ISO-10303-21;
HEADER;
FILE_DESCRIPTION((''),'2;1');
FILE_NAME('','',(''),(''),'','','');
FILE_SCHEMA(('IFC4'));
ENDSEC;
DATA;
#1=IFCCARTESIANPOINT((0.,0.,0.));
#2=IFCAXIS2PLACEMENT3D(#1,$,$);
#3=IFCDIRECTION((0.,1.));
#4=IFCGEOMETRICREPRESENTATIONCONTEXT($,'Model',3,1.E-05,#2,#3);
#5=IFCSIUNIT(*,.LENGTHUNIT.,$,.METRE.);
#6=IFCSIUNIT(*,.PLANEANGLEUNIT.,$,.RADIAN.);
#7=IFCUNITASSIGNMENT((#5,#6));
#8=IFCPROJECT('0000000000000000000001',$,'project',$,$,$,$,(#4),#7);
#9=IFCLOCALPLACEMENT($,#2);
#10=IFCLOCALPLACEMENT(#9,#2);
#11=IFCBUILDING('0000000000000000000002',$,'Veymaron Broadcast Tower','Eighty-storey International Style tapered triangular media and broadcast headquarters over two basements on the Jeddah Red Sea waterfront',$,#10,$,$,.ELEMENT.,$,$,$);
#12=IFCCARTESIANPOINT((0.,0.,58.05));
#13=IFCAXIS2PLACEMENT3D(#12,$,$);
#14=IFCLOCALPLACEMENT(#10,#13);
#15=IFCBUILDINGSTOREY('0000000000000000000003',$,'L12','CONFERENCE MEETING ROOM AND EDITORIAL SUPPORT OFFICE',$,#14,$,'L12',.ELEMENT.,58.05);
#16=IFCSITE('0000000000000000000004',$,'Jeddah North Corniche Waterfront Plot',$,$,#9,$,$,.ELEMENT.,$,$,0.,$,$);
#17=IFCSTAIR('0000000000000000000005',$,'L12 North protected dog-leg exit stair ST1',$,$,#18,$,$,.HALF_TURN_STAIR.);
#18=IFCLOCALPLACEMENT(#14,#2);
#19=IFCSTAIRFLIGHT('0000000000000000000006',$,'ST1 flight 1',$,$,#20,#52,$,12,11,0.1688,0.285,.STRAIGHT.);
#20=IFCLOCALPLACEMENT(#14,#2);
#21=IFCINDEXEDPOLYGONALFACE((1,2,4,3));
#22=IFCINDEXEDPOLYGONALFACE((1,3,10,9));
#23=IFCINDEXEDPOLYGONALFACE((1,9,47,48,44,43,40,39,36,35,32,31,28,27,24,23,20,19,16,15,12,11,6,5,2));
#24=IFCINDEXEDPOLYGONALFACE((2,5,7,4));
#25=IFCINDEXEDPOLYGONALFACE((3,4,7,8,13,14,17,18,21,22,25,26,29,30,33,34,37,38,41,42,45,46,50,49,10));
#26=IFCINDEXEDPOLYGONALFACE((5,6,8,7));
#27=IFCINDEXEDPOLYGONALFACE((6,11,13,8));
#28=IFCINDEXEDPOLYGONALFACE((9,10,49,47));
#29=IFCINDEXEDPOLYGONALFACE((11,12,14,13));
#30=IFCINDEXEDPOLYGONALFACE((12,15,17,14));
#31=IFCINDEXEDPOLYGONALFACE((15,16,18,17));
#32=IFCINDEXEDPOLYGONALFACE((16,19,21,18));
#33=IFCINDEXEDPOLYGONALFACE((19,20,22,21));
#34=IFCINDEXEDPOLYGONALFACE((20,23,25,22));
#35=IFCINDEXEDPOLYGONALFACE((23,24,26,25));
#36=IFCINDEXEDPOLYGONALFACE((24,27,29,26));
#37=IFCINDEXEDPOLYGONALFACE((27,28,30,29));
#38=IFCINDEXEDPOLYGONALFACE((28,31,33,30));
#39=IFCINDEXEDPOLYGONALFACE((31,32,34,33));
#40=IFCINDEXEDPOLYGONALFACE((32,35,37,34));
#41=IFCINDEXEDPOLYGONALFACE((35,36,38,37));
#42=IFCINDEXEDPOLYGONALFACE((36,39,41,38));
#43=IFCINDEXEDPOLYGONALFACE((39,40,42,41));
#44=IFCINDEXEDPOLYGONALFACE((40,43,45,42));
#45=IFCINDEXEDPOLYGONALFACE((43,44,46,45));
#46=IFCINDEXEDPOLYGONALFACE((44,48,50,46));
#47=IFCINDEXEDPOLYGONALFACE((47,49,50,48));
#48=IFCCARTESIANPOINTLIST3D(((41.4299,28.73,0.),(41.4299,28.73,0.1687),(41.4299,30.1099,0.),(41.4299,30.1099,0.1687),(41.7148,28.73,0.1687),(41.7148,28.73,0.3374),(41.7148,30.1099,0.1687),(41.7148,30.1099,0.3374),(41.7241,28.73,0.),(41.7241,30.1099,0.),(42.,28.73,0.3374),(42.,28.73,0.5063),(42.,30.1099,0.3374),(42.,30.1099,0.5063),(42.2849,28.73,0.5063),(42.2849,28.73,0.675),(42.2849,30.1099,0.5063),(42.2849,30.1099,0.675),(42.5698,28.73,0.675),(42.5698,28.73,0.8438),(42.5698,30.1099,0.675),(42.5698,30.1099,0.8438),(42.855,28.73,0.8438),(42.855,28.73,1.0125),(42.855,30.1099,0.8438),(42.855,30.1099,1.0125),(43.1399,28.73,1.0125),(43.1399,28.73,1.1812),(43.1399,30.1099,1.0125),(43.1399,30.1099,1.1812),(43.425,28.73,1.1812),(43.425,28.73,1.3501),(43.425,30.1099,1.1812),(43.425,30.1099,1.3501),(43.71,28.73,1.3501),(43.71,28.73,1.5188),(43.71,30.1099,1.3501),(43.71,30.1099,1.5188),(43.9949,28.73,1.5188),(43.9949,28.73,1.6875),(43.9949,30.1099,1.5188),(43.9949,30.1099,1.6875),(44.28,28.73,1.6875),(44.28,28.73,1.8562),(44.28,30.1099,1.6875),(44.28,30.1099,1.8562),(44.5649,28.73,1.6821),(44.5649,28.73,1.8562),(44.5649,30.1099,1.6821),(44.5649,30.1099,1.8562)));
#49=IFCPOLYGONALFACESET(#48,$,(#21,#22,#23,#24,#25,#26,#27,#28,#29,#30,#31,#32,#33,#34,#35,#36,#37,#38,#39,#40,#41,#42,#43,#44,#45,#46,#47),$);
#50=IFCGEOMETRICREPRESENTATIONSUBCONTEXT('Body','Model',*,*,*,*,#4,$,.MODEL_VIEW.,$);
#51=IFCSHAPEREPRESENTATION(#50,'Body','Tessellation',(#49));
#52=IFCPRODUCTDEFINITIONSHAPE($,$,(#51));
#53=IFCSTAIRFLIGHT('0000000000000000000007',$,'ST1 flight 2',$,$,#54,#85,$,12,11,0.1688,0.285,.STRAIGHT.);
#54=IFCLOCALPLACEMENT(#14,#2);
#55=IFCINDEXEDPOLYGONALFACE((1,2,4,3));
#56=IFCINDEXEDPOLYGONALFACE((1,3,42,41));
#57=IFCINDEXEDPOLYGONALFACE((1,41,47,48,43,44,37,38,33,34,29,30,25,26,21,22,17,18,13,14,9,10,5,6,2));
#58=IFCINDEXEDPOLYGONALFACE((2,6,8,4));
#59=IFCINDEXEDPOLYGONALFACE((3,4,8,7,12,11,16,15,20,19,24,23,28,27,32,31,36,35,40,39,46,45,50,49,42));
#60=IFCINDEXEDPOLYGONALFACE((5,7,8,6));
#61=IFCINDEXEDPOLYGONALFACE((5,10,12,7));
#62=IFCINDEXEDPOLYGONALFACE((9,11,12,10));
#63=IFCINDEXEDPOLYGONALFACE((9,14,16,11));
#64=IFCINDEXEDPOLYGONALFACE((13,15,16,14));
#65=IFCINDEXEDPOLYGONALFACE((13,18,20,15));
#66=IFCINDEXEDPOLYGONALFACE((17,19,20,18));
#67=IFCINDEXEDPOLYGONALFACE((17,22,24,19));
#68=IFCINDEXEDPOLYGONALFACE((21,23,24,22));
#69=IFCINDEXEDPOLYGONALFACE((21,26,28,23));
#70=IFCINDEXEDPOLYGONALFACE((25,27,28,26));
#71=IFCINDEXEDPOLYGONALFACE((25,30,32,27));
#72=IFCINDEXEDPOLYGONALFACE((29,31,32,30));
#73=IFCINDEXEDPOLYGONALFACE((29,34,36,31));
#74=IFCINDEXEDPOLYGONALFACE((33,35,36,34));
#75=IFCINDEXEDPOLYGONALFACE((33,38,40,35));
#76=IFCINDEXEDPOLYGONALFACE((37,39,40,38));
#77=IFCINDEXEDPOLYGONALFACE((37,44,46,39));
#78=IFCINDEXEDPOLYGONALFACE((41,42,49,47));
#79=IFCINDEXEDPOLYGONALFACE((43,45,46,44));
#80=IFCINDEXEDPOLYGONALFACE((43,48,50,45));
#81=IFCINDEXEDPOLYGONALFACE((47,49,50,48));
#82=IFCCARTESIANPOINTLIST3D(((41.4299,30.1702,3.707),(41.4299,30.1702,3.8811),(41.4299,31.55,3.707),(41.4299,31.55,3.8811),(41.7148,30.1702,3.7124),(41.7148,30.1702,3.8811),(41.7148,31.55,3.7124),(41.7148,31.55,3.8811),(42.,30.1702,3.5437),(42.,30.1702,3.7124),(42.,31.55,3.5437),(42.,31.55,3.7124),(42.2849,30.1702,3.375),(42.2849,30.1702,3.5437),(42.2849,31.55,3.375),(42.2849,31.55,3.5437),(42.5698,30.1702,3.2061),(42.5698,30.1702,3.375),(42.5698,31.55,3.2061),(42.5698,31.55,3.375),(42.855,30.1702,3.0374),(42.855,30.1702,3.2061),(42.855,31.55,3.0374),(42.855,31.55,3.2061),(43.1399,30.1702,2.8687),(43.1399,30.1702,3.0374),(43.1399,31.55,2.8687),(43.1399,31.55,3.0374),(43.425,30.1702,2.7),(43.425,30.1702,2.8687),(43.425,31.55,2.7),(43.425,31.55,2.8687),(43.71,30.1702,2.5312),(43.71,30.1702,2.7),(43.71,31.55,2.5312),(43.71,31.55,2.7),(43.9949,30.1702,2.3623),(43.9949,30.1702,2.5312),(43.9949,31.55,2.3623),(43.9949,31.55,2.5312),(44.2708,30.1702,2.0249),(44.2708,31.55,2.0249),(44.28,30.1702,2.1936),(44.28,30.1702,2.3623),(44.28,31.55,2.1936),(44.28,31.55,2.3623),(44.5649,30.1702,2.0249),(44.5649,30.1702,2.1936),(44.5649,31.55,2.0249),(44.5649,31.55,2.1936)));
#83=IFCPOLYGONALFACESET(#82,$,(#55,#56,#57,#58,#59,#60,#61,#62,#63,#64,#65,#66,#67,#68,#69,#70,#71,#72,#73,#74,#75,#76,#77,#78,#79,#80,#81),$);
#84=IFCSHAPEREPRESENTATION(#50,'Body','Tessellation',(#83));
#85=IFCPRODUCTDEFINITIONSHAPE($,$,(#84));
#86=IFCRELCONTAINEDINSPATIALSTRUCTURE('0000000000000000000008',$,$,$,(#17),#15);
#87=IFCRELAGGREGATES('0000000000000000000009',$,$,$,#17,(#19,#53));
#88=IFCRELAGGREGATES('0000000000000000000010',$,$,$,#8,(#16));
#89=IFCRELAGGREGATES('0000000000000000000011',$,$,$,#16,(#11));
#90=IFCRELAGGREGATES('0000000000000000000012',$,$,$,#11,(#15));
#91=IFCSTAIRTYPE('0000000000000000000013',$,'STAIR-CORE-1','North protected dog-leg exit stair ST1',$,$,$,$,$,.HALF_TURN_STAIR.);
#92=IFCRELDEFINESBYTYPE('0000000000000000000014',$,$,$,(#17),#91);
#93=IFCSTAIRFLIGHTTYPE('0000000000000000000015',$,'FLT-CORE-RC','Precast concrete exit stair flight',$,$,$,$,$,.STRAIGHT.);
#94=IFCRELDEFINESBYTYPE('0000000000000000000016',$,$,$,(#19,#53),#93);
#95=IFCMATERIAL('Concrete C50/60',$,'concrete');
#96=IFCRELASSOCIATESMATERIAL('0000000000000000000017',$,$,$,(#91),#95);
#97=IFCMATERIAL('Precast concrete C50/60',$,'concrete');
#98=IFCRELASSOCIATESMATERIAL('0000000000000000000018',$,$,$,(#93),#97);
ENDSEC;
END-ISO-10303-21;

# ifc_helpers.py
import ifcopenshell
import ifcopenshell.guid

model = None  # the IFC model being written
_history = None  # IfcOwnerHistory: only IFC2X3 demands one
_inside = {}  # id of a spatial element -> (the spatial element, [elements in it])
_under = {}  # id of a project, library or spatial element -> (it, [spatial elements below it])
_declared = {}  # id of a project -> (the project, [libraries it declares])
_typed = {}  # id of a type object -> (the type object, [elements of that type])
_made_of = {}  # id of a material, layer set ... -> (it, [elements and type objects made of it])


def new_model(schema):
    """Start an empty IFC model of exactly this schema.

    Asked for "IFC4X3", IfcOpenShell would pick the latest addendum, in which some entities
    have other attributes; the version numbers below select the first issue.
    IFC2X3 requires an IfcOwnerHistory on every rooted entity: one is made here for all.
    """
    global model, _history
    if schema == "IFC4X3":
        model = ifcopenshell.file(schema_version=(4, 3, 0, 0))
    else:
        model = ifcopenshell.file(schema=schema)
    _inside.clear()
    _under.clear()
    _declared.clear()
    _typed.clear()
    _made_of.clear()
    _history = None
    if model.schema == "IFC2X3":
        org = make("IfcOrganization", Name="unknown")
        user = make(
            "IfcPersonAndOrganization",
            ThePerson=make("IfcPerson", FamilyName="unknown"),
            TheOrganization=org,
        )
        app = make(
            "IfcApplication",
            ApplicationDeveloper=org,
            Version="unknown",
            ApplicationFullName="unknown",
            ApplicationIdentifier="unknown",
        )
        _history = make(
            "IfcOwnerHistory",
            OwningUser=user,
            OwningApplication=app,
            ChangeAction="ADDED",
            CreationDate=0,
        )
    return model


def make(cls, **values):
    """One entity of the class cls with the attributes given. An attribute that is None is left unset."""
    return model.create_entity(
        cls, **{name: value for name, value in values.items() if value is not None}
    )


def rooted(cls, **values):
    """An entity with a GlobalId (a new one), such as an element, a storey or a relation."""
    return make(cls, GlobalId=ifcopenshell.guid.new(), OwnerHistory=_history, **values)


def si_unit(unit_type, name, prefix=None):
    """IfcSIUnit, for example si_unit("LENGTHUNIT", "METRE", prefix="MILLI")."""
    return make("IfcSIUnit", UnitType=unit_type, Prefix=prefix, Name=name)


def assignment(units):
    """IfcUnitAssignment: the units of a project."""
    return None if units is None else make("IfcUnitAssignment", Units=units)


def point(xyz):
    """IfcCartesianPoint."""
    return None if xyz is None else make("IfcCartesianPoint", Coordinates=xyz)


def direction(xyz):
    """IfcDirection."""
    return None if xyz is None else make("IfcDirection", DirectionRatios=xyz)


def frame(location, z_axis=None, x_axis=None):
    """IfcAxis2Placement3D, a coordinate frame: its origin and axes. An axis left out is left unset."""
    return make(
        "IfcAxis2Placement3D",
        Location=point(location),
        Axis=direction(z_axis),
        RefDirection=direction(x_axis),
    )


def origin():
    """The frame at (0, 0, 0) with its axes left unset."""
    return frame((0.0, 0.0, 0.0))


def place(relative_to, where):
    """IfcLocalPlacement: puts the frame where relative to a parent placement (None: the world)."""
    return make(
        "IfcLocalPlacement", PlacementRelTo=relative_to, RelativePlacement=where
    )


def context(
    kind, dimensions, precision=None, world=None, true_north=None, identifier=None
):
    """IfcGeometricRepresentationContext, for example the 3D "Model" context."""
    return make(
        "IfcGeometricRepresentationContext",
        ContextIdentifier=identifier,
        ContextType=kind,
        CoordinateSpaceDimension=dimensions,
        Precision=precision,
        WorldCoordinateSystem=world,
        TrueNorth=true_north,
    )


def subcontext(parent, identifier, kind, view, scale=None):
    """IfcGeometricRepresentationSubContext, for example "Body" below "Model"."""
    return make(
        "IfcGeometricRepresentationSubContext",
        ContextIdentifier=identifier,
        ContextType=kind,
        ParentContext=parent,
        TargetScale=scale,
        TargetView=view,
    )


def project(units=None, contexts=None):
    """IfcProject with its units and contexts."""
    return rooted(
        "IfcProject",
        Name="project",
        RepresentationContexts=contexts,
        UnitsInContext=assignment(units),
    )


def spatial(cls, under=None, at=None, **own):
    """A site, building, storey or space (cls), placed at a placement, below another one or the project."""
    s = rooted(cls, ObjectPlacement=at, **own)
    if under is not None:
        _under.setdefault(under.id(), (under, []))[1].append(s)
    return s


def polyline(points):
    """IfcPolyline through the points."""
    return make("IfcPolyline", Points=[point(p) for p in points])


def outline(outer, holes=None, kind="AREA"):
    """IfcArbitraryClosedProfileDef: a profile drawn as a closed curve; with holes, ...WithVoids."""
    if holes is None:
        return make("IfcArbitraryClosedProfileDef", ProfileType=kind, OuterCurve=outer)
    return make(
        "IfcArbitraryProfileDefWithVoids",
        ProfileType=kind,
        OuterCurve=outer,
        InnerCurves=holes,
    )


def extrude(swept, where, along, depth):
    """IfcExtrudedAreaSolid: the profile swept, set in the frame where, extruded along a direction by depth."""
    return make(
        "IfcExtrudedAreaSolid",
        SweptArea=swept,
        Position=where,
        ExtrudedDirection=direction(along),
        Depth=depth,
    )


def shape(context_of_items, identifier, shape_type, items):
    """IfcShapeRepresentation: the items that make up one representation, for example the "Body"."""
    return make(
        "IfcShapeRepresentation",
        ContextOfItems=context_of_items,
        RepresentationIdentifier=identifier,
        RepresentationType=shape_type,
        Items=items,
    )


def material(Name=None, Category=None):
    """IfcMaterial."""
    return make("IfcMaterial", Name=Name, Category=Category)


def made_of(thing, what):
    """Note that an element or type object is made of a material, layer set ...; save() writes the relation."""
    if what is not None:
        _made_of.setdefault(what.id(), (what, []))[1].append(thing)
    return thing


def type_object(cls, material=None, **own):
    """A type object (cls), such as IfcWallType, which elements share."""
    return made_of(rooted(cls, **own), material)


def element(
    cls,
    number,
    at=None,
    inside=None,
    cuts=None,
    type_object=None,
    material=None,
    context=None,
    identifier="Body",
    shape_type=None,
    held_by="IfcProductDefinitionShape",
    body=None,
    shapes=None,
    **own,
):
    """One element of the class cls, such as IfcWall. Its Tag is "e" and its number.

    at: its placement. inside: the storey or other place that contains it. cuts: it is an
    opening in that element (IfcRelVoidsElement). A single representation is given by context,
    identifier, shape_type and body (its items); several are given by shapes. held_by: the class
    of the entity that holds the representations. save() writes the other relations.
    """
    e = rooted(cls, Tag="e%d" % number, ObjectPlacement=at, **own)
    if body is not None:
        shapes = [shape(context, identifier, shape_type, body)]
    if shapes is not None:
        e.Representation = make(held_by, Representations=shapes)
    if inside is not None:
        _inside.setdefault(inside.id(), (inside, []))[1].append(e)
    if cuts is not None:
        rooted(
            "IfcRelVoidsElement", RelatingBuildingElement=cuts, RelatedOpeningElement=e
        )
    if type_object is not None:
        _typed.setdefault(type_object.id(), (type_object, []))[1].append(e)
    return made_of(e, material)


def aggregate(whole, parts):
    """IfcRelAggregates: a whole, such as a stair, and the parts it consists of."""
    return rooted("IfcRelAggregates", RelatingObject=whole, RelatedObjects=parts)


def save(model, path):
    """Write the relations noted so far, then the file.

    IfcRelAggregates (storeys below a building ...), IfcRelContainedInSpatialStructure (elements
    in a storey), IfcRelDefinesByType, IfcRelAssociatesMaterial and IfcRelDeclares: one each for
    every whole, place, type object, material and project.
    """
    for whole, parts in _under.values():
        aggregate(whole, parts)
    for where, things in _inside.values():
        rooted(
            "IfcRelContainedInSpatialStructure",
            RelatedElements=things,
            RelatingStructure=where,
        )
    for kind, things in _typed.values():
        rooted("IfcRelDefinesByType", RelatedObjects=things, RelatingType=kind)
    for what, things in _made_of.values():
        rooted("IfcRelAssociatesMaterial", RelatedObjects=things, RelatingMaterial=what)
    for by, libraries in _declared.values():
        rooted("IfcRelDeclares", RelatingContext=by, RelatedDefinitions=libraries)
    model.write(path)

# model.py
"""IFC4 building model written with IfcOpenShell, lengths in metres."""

from ifc_helpers import new_model, si_unit, direction, frame, origin, place, context, subcontext, project, spatial, polyline, outline, extrude, material, type_object, element, aggregate, save


model = new_model("IFC4")

# Units and contexts
model_context = context("Model", 3, precision=1e-05, world=origin(), true_north=direction((0.0, 1.0)))
body_context = subcontext(model_context, "Body", "Model", "MODEL_VIEW")
ifc_project = project(units=[si_unit("LENGTHUNIT", "METRE"), si_unit("PLANEANGLEUNIT", "RADIAN")], contexts=[model_context])

# Site, building, storey
site_placement = place(None, origin())
site = spatial("IfcSite", under=ifc_project, at=site_placement, Name="Jeddah North Corniche Waterfront Plot", CompositionType="ELEMENT", RefElevation=0.0)
building_placement = place(site_placement, origin())
building = spatial("IfcBuilding", under=site, at=building_placement, Name="Veymaron Broadcast Tower", Description="Eighty-storey International Style tapered triangular media and broadcast headquarters over two basements on the Jeddah Red Sea waterfront", CompositionType="ELEMENT")
storey_placement = place(building_placement, frame((0.0, 0.0, 58.05)))
storey = spatial("IfcBuildingStorey", under=building, at=storey_placement, Name="L12", Description="CONFERENCE MEETING ROOM AND EDITORIAL SUPPORT OFFICE", LongName="L12", CompositionType="ELEMENT", Elevation=58.05)

# Shared definitions
ifc_material_1 = material(Name="Concrete C50/60", Category="concrete")

# Stair, stair flights
stair_type = type_object("IfcStairType", Name="STAIR-CORE-1", Description="North protected dog-leg exit stair ST1", PredefinedType="HALF_TURN_STAIR", material=ifc_material_1)
stair_placement = place(storey_placement, origin())
stair = element("IfcStair", 1, at=stair_placement, inside=storey, type_object=stair_type, Name="L12 North protected dog-leg exit stair ST1", PredefinedType="HALF_TURN_STAIR")
ifc_material_2 = material(Name="Precast concrete C50/60", Category="concrete")
stair_flight_type = type_object("IfcStairFlightType", Name="FLT-CORE-RC", Description="Precast concrete exit stair flight", PredefinedType="STRAIGHT", material=ifc_material_2)
stair_flight_1_placement = place(storey_placement, frame((41.4299, 29.4199, 0.0), z_axis=(0.0, 0.0, 1.0), x_axis=(1.0, 0.0, 0.0)))
stair_flight_1 = element("IfcStairFlight", 2, at=stair_flight_1_placement, type_object=stair_flight_type, Name="ST1 flight 1", NumberOfRisers=12, NumberOfTreads=11, PredefinedType="STRAIGHT", RiserHeight=0.1688, TreadLength=0.285, context=body_context, shape_type="SweptSolid", body=[
    extrude(outline(polyline([(0.0, 0.0), (0.0, 0.1687), (0.2849, 0.1687), (0.2849, 0.3374), (0.5701, 0.3374), (0.5701, 0.5063), (0.855, 0.5063), (0.855, 0.675), (1.1399, 0.675), (1.1399, 0.8438), (1.425, 0.8438), (1.425, 1.0125), (1.71, 1.0125), (1.71, 1.1812), (1.9951, 1.1812), (1.9951, 1.3501), (2.28, 1.3501), (2.28, 1.5188), (2.5649, 1.5188), (2.5649, 1.6875), (2.8501, 1.6875), (2.8501, 1.8562), (3.135, 1.8562), (3.135, 2.0249), (3.135, 1.6821), (0.2942, 0.0), (0.0, 0.0)])), frame((0.0, 0.6899, 0.0), z_axis=(0.0, -1.0, 0.0), x_axis=(1.0, 0.0, 0.0)), (0.0, 0.0, 1.0), 1.3799),
])
stair_flight_2_placement = place(storey_placement, frame((44.5649, 30.8601, 2.0249), z_axis=(0.0, 0.0, 1.0), x_axis=(-1.0, 0.0, 0.0)))
stair_flight_2 = element("IfcStairFlight", 3, at=stair_flight_2_placement, type_object=stair_flight_type, Name="ST1 flight 2", NumberOfRisers=12, NumberOfTreads=11, PredefinedType="STRAIGHT", RiserHeight=0.1688, TreadLength=0.285, context=body_context, shape_type="SweptSolid", body=[
    extrude(outline(polyline([(0.0, 0.0), (0.0, 0.1687), (0.2849, 0.1687), (0.2849, 0.3374), (0.5701, 0.3374), (0.5701, 0.5063), (0.855, 0.5063), (0.855, 0.675), (1.1399, 0.675), (1.1399, 0.8438), (1.425, 0.8438), (1.425, 1.0125), (1.71, 1.0125), (1.71, 1.1812), (1.9951, 1.1812), (1.9951, 1.3501), (2.28, 1.3501), (2.28, 1.5188), (2.5649, 1.5188), (2.5649, 1.6875), (2.8501, 1.6875), (2.8501, 1.8562), (3.135, 1.8562), (3.135, 2.0249), (3.135, 1.6821), (0.2942, 0.0), (0.0, 0.0)])), frame((0.0, 0.6899, 0.0), z_axis=(0.0, -1.0, 0.0), x_axis=(1.0, 0.0, 0.0)), (0.0, 0.0, 1.0), 1.3799),
])
aggregate(stair, [stair_flight_1, stair_flight_2])

save(model, "model.ifc")
